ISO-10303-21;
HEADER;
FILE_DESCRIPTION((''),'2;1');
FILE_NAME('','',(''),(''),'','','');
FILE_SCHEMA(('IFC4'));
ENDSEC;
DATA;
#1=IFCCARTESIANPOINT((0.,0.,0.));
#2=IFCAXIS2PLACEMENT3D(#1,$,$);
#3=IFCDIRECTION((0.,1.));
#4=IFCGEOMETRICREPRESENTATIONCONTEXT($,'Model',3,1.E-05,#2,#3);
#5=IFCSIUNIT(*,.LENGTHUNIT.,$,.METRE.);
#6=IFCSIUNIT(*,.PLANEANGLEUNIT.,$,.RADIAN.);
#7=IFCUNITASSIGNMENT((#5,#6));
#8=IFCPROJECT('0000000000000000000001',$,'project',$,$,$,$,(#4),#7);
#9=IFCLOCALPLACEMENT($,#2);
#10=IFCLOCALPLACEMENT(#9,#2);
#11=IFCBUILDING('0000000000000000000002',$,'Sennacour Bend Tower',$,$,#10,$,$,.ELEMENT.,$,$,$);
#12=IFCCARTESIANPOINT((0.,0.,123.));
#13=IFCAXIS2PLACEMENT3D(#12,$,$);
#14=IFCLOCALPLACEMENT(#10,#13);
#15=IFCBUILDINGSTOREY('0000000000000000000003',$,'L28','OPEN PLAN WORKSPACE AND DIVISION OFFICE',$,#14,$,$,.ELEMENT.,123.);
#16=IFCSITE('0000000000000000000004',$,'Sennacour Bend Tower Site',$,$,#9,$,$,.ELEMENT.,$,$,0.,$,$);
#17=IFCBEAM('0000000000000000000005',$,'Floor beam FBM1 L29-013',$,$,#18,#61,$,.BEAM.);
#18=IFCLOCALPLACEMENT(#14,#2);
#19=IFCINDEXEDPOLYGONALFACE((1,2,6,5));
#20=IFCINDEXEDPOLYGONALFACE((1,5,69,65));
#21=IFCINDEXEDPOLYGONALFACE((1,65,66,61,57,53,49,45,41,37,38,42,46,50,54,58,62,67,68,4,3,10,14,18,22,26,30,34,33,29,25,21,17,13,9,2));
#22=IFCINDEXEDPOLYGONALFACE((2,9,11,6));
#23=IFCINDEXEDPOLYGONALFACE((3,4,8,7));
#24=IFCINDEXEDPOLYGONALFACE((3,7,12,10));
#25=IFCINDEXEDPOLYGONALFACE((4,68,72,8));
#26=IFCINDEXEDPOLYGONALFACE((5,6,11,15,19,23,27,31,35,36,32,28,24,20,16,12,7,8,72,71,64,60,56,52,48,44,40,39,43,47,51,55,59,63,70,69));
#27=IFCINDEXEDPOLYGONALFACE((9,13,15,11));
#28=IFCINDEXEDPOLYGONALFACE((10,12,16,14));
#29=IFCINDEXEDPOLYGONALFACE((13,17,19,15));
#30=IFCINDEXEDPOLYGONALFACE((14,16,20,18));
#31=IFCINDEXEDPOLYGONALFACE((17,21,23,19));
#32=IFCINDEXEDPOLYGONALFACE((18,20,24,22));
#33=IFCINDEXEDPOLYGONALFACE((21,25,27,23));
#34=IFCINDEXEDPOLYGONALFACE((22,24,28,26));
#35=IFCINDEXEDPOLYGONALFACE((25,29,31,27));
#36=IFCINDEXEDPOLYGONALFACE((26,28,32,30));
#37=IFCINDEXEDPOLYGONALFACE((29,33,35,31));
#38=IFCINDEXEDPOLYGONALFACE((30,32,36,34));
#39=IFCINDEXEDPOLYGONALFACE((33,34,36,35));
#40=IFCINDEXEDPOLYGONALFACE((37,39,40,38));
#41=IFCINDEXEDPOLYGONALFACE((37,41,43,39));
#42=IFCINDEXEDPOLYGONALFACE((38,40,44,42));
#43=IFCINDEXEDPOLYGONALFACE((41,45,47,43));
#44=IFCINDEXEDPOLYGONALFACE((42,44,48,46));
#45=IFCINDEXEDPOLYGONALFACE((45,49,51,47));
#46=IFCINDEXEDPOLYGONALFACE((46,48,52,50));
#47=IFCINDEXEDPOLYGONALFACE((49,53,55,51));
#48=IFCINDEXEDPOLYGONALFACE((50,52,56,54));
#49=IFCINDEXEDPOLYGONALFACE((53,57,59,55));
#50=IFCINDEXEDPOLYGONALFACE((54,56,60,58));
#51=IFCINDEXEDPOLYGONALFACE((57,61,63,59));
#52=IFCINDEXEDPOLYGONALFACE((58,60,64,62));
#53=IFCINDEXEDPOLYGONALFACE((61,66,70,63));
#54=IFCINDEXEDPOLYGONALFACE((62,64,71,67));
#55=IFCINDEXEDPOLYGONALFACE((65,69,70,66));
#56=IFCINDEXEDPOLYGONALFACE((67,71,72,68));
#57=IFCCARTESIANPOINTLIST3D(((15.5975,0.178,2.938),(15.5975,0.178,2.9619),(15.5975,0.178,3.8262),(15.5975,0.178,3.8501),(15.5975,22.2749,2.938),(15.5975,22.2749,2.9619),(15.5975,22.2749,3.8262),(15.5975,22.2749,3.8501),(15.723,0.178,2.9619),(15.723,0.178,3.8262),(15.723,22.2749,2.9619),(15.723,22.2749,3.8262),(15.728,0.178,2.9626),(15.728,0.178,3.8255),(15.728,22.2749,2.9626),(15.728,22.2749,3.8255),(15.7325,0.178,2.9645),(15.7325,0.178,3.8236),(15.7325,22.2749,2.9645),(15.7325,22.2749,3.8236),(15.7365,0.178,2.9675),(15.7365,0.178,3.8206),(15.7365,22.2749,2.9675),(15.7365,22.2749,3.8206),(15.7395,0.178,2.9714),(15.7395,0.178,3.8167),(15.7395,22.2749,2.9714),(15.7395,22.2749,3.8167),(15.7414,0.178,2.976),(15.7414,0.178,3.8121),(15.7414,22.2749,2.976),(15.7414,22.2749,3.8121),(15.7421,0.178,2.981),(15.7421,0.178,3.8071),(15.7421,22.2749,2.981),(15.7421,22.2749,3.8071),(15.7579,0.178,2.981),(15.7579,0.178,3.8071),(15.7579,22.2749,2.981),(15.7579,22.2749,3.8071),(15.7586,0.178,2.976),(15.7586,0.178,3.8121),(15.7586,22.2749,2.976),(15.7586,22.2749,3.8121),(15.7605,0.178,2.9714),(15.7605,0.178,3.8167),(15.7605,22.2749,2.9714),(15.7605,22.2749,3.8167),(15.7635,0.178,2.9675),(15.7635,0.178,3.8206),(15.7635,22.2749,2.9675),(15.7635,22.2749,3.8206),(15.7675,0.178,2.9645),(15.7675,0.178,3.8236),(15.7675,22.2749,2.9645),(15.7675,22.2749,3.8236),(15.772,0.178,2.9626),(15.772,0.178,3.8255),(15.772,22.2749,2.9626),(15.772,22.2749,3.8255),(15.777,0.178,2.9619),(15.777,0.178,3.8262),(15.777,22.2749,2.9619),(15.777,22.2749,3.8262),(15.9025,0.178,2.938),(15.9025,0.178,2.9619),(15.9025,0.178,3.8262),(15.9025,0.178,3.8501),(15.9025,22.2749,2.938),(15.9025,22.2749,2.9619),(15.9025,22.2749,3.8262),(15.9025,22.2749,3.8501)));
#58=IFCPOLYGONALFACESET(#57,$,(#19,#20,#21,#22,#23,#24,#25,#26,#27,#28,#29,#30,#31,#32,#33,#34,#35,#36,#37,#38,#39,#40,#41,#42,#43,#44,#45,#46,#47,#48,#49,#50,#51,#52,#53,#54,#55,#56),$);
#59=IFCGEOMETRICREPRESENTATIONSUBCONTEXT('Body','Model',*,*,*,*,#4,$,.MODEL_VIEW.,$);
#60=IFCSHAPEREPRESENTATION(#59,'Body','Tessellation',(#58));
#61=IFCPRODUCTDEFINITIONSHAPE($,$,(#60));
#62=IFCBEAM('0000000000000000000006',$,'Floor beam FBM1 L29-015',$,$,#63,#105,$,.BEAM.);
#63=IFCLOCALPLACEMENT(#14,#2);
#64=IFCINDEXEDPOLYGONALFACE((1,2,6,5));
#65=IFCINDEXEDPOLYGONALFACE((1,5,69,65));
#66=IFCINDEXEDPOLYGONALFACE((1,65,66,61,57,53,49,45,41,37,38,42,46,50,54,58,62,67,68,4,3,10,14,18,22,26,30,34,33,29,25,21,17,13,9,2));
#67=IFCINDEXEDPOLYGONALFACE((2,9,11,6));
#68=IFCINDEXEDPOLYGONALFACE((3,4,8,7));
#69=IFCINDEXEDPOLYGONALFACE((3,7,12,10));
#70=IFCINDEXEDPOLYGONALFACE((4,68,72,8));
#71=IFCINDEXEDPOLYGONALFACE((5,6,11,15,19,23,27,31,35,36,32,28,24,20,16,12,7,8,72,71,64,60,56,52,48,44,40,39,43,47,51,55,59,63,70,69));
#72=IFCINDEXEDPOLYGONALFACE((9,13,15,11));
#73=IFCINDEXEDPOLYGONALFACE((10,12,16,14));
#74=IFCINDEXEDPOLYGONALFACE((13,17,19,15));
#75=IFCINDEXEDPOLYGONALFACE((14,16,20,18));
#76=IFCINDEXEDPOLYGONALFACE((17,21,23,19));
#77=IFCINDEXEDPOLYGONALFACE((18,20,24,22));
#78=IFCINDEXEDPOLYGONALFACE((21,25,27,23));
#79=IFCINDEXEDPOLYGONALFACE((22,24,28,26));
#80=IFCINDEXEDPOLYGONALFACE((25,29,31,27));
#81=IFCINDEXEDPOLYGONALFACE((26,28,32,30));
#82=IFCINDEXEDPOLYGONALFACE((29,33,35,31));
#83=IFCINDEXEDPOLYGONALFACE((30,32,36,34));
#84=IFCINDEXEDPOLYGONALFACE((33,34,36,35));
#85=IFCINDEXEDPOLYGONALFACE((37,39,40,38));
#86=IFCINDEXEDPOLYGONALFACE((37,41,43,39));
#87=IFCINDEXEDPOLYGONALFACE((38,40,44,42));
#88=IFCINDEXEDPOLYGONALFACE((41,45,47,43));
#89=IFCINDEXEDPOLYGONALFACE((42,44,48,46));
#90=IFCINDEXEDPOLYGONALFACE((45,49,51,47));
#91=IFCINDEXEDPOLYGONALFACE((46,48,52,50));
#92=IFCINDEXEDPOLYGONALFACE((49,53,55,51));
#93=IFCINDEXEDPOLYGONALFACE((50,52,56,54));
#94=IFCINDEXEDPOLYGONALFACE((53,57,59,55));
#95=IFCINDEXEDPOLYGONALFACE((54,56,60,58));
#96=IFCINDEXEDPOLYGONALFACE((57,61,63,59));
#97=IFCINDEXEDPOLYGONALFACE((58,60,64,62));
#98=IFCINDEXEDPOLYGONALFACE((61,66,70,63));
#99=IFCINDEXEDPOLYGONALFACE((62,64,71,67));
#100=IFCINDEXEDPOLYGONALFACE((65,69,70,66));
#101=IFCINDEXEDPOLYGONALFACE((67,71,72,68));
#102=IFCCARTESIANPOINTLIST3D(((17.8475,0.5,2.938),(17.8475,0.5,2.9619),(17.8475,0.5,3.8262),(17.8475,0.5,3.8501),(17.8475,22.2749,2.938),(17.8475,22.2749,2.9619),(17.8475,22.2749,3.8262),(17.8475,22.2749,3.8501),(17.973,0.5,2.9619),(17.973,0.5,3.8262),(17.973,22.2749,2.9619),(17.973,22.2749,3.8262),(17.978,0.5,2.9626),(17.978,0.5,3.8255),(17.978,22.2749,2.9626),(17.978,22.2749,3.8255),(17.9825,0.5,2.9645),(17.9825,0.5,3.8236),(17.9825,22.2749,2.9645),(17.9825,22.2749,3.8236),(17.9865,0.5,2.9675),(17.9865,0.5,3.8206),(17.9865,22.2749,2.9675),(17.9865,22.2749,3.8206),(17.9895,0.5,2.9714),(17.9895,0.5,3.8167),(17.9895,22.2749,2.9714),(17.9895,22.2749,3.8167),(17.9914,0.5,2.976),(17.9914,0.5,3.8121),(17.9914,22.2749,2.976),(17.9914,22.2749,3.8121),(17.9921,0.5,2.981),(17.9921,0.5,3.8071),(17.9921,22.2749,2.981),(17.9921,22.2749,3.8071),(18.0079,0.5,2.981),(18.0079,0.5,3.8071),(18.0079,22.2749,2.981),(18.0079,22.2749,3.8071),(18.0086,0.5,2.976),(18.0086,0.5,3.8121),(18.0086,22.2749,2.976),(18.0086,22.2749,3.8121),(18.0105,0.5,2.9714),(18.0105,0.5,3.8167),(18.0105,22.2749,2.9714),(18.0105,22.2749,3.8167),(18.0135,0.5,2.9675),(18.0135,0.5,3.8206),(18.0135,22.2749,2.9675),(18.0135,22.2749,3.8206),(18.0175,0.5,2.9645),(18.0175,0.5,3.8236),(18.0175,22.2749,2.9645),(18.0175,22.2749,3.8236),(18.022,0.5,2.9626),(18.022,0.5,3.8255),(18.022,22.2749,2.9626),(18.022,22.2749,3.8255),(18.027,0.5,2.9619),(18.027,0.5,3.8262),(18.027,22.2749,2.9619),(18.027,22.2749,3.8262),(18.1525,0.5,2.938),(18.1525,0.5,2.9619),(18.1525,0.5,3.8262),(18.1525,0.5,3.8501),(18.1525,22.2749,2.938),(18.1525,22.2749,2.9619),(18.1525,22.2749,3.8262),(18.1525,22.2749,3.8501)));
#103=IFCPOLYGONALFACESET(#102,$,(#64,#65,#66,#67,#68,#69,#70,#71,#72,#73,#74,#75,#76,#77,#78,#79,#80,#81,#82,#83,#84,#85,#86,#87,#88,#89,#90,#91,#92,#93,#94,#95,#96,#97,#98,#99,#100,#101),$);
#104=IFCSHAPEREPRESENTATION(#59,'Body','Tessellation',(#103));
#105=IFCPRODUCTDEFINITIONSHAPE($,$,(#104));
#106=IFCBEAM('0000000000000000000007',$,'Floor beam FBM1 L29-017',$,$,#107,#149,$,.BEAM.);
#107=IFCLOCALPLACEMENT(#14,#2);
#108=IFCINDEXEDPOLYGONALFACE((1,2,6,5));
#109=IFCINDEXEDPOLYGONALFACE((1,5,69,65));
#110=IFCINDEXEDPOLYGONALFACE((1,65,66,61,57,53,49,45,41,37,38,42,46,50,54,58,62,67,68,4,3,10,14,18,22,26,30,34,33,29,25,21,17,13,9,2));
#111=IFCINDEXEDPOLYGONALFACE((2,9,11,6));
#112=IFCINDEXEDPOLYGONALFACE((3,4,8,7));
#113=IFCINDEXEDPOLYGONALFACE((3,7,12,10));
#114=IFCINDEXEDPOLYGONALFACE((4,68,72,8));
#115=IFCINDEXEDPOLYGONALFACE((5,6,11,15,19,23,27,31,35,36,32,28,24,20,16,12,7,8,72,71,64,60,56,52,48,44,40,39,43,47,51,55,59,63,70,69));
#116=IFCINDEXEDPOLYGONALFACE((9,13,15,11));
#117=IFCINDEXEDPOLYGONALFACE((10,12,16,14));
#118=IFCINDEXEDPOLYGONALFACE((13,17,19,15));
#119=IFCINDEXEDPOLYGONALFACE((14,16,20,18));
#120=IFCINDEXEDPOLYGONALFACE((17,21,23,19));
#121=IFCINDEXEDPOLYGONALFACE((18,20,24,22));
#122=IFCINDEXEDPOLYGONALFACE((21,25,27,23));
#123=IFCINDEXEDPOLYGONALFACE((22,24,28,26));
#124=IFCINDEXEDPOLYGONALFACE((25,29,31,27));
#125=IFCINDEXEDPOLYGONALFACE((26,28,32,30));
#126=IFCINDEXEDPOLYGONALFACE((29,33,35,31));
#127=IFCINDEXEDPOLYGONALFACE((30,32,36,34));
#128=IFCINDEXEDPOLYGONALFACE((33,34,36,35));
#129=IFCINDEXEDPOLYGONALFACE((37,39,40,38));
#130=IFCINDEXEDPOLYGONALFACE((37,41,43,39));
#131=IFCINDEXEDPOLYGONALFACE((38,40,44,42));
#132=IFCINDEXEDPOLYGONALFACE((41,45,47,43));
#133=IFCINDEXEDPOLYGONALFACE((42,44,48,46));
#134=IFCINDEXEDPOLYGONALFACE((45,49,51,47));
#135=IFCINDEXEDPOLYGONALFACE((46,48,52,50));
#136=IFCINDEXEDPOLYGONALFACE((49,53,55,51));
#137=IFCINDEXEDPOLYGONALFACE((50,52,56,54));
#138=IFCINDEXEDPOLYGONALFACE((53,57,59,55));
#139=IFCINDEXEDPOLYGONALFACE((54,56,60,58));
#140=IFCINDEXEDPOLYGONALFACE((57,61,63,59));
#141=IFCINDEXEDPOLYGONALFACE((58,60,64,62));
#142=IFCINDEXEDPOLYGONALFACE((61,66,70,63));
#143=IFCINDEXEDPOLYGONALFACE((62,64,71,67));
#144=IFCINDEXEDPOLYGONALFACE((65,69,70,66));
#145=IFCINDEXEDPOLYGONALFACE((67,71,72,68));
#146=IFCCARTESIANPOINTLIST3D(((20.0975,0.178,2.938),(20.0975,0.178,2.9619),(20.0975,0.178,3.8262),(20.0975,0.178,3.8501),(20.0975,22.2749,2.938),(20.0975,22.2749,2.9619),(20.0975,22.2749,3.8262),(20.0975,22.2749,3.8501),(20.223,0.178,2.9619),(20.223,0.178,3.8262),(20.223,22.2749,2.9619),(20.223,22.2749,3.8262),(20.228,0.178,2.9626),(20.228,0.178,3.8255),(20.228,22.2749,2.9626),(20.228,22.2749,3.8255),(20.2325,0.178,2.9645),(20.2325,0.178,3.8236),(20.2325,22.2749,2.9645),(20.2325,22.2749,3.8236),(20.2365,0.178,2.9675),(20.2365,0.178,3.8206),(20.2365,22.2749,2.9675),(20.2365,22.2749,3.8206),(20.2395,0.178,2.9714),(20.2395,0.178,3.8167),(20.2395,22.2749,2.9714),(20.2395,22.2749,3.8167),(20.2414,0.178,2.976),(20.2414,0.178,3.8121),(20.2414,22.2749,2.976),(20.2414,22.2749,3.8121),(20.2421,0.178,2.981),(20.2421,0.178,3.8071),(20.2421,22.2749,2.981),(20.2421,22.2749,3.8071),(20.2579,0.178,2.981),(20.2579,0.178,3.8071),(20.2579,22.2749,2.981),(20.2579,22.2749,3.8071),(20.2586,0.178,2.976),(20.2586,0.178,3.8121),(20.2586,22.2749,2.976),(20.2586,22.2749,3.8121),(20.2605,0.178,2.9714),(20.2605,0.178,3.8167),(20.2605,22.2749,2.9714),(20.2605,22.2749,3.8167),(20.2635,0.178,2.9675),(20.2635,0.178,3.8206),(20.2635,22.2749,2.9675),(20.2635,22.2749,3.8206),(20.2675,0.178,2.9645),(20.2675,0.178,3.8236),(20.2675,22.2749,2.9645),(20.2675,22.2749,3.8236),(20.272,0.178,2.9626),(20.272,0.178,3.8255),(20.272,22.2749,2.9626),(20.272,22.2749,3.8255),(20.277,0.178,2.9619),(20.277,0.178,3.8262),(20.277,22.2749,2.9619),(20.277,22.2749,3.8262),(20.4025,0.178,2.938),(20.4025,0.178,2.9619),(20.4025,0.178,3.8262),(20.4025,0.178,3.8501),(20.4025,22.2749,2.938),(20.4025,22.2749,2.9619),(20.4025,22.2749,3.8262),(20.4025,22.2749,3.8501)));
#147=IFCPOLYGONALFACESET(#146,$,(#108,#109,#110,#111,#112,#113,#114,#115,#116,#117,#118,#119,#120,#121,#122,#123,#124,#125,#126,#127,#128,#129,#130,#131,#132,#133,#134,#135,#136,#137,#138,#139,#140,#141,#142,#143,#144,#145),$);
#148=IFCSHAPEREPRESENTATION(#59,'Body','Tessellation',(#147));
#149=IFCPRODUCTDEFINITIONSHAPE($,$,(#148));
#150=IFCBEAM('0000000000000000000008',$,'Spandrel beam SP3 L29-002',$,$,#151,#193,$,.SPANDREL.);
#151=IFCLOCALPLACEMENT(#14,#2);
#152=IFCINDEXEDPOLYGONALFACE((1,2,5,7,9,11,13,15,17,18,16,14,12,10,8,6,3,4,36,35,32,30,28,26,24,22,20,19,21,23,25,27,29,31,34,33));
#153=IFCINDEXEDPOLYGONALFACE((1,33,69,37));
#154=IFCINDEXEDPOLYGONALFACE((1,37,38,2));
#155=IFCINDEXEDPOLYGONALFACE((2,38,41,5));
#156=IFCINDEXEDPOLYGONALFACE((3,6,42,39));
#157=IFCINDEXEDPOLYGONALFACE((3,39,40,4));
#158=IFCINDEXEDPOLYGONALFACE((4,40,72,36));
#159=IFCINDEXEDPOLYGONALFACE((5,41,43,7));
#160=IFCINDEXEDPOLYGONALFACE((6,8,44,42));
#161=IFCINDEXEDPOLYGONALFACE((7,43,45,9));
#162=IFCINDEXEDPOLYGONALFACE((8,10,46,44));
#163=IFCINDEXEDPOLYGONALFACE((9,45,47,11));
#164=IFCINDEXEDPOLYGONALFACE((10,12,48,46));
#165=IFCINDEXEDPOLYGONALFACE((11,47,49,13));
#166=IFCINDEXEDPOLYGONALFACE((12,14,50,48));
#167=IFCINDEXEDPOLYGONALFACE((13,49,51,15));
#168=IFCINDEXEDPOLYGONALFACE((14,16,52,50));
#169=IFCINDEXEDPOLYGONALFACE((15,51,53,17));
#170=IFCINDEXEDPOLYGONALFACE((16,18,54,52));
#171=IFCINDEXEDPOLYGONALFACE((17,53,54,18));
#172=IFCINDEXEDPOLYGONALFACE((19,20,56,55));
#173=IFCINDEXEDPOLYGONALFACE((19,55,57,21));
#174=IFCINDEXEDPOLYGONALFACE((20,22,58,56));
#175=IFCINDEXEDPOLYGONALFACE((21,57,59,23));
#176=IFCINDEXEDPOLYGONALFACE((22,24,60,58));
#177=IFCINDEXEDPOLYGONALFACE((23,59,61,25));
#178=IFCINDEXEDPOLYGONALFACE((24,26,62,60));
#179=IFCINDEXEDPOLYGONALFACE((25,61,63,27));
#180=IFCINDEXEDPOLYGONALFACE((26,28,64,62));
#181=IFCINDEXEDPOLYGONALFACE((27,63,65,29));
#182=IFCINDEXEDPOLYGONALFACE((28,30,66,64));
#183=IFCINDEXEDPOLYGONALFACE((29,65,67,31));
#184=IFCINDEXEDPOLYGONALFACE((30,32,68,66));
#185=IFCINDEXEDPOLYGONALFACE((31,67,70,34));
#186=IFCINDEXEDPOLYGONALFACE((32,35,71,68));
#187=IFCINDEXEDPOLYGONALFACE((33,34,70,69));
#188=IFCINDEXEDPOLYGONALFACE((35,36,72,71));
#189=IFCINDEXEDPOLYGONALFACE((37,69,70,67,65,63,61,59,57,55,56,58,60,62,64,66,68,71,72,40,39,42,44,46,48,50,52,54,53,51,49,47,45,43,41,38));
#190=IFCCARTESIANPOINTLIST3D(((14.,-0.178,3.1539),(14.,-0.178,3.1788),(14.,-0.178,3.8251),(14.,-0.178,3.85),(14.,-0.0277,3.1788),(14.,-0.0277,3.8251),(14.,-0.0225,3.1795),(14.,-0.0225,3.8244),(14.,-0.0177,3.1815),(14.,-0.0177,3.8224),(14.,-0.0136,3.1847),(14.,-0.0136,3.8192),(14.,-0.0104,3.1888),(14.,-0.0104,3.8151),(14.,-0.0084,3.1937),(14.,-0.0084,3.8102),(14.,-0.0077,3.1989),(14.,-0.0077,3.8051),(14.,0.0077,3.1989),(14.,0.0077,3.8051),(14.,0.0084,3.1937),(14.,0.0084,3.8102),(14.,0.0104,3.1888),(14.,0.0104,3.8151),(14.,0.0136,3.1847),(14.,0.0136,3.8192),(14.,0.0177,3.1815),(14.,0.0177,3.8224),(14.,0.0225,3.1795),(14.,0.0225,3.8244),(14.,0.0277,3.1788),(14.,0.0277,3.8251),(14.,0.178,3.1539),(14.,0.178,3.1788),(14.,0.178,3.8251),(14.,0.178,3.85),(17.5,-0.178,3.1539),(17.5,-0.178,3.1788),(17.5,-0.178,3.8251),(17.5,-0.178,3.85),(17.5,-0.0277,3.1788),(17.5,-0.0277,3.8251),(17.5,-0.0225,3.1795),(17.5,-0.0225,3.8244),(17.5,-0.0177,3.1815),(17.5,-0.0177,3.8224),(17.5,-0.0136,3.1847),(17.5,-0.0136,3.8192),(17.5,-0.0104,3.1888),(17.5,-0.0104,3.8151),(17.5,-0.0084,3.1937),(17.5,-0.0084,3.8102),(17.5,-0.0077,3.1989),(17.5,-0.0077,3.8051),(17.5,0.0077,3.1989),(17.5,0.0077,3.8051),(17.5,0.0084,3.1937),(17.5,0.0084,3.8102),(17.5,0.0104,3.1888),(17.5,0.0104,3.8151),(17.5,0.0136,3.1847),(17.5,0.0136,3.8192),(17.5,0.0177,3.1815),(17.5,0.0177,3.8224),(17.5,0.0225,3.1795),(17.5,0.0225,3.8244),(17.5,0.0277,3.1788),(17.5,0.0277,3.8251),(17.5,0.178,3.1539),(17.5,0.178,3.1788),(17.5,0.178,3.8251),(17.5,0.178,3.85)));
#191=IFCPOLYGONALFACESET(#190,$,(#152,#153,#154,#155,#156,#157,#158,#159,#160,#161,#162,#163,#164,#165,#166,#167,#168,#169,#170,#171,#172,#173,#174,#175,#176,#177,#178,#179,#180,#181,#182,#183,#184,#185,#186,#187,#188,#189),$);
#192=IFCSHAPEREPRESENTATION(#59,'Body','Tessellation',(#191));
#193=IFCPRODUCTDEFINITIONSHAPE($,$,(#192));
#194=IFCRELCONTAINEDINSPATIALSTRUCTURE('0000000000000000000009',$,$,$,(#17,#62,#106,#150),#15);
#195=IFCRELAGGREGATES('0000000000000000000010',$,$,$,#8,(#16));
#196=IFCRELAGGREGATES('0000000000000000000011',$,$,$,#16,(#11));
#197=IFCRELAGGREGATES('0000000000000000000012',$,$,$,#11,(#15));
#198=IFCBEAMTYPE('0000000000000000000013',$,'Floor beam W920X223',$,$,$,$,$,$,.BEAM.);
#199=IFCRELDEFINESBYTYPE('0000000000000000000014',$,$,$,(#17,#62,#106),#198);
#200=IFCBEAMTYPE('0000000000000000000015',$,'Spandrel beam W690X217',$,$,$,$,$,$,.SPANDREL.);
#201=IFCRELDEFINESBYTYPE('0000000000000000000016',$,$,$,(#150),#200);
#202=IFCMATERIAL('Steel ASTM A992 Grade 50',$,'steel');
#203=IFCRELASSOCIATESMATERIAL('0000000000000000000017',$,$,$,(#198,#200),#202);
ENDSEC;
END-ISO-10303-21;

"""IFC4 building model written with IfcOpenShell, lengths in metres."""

from ifc_helpers import new_model, si_unit, direction, frame, origin, origin_2d, place, context, subcontext, project, spatial, i_section, extrude, material, material_profile, profile_set, type_object, element, save


model = new_model("IFC4")

# Units and contexts
model_context = context("Model", 3, precision=1e-05, world=origin(), true_north=direction((0.0, 1.0)))
body_context = subcontext(model_context, "Body", "Model", "MODEL_VIEW")
ifc_project = project(units=[si_unit("LENGTHUNIT", "METRE"), si_unit("PLANEANGLEUNIT", "RADIAN")], contexts=[model_context])

# Site, building, storey
site_placement = place(None, origin())
site = spatial("IfcSite", under=ifc_project, at=site_placement, Name="Sennacour Bend Tower Site", CompositionType="ELEMENT", RefElevation=0.0)
building_placement = place(site_placement, origin())
building = spatial("IfcBuilding", under=site, at=building_placement, Name="Sennacour Bend Tower", CompositionType="ELEMENT")
storey_placement = place(building_placement, frame((0.0, 0.0, 123.0)))
storey = spatial("IfcBuildingStorey", under=building, at=storey_placement, Name="L28", Description="OPEN PLAN WORKSPACE AND DIVISION OFFICE", CompositionType="ELEMENT", Elevation=123.0)

# Beams
ifc_material_1 = material(Name="Steel ASTM A992 Grade 50", Category="steel")
ifc_material_profile_1 = material_profile(ifc_material_1, i_section(OverallWidth=0.3049, OverallDepth=0.9121, WebThickness=0.0159, FlangeThickness=0.0239, FilletRadius=0.019, at=origin_2d()), Name="Steel ASTM A992 Grade 50", Category="steel")
ifc_profile_set_1 = profile_set([ifc_material_profile_1], Name="Steel ASTM A992 Grade 50")
beam_type_1 = type_object("IfcBeamType", Name="Floor beam W920X223", PredefinedType="BEAM", material=ifc_profile_set_1)
beam_1_placement = place(storey_placement, frame((15.75, 0.178, 3.394), z_axis=(0.0, 1.0, 0.0), x_axis=(-1.0, 0.0, 0.0)))
element("IfcBeam", 1, at=beam_1_placement, inside=storey, type_object=beam_type_1, Name="Floor beam FBM1 L29-013", PredefinedType="BEAM", context=body_context, shape_type="SweptSolid", body=[
    extrude(i_section(OverallWidth=0.3049, OverallDepth=0.9121, WebThickness=0.0159, FlangeThickness=0.0239, FilletRadius=0.019, at=origin_2d()), origin(), (0.0, 0.0, 1.0), 22.0969),
])
beam_2_placement = place(storey_placement, frame((18.0, 0.5, 3.394), z_axis=(0.0, 1.0, 0.0), x_axis=(-1.0, 0.0, 0.0)))
element("IfcBeam", 2, at=beam_2_placement, inside=storey, type_object=beam_type_1, Name="Floor beam FBM1 L29-015", PredefinedType="BEAM", context=body_context, shape_type="SweptSolid", body=[
    extrude(i_section(OverallWidth=0.3049, OverallDepth=0.9121, WebThickness=0.0159, FlangeThickness=0.0239, FilletRadius=0.019, at=origin_2d()), origin(), (0.0, 0.0, 1.0), 21.7749),
])
beam_3_placement = place(storey_placement, frame((20.25, 0.178, 3.394), z_axis=(0.0, 1.0, 0.0), x_axis=(-1.0, 0.0, 0.0)))
element("IfcBeam", 3, at=beam_3_placement, inside=storey, type_object=beam_type_1, Name="Floor beam FBM1 L29-017", PredefinedType="BEAM", context=body_context, shape_type="SweptSolid", body=[
    extrude(i_section(OverallWidth=0.3049, OverallDepth=0.9121, WebThickness=0.0159, FlangeThickness=0.0239, FilletRadius=0.019, at=origin_2d()), origin(), (0.0, 0.0, 1.0), 22.0969),
])
ifc_material_profile_2 = material_profile(ifc_material_1, i_section(OverallWidth=0.356, OverallDepth=0.696, WebThickness=0.0154, FlangeThickness=0.0249, FilletRadius=0.02, at=origin_2d()), Name="Steel ASTM A992 Grade 50", Category="steel")
ifc_profile_set_2 = profile_set([ifc_material_profile_2], Name="Steel ASTM A992 Grade 50")
beam_type_2 = type_object("IfcBeamType", Name="Spandrel beam W690X217", PredefinedType="SPANDREL", material=ifc_profile_set_2)
for number, where, z_axis, x_axis, name in (
    (4, (17.5, 0.0, 3.502), (-1.0, 0.0, 0.0), (0.0, -1.0, 0.0), "Spandrel beam SP3 L29-002"),
):
    element("IfcBeam", number, at=place(storey_placement, frame(where, z_axis=z_axis, x_axis=x_axis)), inside=storey, type_object=beam_type_2, Name=name, PredefinedType="SPANDREL", context=body_context, shape_type="SweptSolid", body=[
        extrude(i_section(OverallWidth=0.356, OverallDepth=0.696, WebThickness=0.0154, FlangeThickness=0.0249, FilletRadius=0.02, at=origin_2d()), origin(), (0.0, 0.0, 1.0), 3.5),
    ])

save(model, "model.ifc")
